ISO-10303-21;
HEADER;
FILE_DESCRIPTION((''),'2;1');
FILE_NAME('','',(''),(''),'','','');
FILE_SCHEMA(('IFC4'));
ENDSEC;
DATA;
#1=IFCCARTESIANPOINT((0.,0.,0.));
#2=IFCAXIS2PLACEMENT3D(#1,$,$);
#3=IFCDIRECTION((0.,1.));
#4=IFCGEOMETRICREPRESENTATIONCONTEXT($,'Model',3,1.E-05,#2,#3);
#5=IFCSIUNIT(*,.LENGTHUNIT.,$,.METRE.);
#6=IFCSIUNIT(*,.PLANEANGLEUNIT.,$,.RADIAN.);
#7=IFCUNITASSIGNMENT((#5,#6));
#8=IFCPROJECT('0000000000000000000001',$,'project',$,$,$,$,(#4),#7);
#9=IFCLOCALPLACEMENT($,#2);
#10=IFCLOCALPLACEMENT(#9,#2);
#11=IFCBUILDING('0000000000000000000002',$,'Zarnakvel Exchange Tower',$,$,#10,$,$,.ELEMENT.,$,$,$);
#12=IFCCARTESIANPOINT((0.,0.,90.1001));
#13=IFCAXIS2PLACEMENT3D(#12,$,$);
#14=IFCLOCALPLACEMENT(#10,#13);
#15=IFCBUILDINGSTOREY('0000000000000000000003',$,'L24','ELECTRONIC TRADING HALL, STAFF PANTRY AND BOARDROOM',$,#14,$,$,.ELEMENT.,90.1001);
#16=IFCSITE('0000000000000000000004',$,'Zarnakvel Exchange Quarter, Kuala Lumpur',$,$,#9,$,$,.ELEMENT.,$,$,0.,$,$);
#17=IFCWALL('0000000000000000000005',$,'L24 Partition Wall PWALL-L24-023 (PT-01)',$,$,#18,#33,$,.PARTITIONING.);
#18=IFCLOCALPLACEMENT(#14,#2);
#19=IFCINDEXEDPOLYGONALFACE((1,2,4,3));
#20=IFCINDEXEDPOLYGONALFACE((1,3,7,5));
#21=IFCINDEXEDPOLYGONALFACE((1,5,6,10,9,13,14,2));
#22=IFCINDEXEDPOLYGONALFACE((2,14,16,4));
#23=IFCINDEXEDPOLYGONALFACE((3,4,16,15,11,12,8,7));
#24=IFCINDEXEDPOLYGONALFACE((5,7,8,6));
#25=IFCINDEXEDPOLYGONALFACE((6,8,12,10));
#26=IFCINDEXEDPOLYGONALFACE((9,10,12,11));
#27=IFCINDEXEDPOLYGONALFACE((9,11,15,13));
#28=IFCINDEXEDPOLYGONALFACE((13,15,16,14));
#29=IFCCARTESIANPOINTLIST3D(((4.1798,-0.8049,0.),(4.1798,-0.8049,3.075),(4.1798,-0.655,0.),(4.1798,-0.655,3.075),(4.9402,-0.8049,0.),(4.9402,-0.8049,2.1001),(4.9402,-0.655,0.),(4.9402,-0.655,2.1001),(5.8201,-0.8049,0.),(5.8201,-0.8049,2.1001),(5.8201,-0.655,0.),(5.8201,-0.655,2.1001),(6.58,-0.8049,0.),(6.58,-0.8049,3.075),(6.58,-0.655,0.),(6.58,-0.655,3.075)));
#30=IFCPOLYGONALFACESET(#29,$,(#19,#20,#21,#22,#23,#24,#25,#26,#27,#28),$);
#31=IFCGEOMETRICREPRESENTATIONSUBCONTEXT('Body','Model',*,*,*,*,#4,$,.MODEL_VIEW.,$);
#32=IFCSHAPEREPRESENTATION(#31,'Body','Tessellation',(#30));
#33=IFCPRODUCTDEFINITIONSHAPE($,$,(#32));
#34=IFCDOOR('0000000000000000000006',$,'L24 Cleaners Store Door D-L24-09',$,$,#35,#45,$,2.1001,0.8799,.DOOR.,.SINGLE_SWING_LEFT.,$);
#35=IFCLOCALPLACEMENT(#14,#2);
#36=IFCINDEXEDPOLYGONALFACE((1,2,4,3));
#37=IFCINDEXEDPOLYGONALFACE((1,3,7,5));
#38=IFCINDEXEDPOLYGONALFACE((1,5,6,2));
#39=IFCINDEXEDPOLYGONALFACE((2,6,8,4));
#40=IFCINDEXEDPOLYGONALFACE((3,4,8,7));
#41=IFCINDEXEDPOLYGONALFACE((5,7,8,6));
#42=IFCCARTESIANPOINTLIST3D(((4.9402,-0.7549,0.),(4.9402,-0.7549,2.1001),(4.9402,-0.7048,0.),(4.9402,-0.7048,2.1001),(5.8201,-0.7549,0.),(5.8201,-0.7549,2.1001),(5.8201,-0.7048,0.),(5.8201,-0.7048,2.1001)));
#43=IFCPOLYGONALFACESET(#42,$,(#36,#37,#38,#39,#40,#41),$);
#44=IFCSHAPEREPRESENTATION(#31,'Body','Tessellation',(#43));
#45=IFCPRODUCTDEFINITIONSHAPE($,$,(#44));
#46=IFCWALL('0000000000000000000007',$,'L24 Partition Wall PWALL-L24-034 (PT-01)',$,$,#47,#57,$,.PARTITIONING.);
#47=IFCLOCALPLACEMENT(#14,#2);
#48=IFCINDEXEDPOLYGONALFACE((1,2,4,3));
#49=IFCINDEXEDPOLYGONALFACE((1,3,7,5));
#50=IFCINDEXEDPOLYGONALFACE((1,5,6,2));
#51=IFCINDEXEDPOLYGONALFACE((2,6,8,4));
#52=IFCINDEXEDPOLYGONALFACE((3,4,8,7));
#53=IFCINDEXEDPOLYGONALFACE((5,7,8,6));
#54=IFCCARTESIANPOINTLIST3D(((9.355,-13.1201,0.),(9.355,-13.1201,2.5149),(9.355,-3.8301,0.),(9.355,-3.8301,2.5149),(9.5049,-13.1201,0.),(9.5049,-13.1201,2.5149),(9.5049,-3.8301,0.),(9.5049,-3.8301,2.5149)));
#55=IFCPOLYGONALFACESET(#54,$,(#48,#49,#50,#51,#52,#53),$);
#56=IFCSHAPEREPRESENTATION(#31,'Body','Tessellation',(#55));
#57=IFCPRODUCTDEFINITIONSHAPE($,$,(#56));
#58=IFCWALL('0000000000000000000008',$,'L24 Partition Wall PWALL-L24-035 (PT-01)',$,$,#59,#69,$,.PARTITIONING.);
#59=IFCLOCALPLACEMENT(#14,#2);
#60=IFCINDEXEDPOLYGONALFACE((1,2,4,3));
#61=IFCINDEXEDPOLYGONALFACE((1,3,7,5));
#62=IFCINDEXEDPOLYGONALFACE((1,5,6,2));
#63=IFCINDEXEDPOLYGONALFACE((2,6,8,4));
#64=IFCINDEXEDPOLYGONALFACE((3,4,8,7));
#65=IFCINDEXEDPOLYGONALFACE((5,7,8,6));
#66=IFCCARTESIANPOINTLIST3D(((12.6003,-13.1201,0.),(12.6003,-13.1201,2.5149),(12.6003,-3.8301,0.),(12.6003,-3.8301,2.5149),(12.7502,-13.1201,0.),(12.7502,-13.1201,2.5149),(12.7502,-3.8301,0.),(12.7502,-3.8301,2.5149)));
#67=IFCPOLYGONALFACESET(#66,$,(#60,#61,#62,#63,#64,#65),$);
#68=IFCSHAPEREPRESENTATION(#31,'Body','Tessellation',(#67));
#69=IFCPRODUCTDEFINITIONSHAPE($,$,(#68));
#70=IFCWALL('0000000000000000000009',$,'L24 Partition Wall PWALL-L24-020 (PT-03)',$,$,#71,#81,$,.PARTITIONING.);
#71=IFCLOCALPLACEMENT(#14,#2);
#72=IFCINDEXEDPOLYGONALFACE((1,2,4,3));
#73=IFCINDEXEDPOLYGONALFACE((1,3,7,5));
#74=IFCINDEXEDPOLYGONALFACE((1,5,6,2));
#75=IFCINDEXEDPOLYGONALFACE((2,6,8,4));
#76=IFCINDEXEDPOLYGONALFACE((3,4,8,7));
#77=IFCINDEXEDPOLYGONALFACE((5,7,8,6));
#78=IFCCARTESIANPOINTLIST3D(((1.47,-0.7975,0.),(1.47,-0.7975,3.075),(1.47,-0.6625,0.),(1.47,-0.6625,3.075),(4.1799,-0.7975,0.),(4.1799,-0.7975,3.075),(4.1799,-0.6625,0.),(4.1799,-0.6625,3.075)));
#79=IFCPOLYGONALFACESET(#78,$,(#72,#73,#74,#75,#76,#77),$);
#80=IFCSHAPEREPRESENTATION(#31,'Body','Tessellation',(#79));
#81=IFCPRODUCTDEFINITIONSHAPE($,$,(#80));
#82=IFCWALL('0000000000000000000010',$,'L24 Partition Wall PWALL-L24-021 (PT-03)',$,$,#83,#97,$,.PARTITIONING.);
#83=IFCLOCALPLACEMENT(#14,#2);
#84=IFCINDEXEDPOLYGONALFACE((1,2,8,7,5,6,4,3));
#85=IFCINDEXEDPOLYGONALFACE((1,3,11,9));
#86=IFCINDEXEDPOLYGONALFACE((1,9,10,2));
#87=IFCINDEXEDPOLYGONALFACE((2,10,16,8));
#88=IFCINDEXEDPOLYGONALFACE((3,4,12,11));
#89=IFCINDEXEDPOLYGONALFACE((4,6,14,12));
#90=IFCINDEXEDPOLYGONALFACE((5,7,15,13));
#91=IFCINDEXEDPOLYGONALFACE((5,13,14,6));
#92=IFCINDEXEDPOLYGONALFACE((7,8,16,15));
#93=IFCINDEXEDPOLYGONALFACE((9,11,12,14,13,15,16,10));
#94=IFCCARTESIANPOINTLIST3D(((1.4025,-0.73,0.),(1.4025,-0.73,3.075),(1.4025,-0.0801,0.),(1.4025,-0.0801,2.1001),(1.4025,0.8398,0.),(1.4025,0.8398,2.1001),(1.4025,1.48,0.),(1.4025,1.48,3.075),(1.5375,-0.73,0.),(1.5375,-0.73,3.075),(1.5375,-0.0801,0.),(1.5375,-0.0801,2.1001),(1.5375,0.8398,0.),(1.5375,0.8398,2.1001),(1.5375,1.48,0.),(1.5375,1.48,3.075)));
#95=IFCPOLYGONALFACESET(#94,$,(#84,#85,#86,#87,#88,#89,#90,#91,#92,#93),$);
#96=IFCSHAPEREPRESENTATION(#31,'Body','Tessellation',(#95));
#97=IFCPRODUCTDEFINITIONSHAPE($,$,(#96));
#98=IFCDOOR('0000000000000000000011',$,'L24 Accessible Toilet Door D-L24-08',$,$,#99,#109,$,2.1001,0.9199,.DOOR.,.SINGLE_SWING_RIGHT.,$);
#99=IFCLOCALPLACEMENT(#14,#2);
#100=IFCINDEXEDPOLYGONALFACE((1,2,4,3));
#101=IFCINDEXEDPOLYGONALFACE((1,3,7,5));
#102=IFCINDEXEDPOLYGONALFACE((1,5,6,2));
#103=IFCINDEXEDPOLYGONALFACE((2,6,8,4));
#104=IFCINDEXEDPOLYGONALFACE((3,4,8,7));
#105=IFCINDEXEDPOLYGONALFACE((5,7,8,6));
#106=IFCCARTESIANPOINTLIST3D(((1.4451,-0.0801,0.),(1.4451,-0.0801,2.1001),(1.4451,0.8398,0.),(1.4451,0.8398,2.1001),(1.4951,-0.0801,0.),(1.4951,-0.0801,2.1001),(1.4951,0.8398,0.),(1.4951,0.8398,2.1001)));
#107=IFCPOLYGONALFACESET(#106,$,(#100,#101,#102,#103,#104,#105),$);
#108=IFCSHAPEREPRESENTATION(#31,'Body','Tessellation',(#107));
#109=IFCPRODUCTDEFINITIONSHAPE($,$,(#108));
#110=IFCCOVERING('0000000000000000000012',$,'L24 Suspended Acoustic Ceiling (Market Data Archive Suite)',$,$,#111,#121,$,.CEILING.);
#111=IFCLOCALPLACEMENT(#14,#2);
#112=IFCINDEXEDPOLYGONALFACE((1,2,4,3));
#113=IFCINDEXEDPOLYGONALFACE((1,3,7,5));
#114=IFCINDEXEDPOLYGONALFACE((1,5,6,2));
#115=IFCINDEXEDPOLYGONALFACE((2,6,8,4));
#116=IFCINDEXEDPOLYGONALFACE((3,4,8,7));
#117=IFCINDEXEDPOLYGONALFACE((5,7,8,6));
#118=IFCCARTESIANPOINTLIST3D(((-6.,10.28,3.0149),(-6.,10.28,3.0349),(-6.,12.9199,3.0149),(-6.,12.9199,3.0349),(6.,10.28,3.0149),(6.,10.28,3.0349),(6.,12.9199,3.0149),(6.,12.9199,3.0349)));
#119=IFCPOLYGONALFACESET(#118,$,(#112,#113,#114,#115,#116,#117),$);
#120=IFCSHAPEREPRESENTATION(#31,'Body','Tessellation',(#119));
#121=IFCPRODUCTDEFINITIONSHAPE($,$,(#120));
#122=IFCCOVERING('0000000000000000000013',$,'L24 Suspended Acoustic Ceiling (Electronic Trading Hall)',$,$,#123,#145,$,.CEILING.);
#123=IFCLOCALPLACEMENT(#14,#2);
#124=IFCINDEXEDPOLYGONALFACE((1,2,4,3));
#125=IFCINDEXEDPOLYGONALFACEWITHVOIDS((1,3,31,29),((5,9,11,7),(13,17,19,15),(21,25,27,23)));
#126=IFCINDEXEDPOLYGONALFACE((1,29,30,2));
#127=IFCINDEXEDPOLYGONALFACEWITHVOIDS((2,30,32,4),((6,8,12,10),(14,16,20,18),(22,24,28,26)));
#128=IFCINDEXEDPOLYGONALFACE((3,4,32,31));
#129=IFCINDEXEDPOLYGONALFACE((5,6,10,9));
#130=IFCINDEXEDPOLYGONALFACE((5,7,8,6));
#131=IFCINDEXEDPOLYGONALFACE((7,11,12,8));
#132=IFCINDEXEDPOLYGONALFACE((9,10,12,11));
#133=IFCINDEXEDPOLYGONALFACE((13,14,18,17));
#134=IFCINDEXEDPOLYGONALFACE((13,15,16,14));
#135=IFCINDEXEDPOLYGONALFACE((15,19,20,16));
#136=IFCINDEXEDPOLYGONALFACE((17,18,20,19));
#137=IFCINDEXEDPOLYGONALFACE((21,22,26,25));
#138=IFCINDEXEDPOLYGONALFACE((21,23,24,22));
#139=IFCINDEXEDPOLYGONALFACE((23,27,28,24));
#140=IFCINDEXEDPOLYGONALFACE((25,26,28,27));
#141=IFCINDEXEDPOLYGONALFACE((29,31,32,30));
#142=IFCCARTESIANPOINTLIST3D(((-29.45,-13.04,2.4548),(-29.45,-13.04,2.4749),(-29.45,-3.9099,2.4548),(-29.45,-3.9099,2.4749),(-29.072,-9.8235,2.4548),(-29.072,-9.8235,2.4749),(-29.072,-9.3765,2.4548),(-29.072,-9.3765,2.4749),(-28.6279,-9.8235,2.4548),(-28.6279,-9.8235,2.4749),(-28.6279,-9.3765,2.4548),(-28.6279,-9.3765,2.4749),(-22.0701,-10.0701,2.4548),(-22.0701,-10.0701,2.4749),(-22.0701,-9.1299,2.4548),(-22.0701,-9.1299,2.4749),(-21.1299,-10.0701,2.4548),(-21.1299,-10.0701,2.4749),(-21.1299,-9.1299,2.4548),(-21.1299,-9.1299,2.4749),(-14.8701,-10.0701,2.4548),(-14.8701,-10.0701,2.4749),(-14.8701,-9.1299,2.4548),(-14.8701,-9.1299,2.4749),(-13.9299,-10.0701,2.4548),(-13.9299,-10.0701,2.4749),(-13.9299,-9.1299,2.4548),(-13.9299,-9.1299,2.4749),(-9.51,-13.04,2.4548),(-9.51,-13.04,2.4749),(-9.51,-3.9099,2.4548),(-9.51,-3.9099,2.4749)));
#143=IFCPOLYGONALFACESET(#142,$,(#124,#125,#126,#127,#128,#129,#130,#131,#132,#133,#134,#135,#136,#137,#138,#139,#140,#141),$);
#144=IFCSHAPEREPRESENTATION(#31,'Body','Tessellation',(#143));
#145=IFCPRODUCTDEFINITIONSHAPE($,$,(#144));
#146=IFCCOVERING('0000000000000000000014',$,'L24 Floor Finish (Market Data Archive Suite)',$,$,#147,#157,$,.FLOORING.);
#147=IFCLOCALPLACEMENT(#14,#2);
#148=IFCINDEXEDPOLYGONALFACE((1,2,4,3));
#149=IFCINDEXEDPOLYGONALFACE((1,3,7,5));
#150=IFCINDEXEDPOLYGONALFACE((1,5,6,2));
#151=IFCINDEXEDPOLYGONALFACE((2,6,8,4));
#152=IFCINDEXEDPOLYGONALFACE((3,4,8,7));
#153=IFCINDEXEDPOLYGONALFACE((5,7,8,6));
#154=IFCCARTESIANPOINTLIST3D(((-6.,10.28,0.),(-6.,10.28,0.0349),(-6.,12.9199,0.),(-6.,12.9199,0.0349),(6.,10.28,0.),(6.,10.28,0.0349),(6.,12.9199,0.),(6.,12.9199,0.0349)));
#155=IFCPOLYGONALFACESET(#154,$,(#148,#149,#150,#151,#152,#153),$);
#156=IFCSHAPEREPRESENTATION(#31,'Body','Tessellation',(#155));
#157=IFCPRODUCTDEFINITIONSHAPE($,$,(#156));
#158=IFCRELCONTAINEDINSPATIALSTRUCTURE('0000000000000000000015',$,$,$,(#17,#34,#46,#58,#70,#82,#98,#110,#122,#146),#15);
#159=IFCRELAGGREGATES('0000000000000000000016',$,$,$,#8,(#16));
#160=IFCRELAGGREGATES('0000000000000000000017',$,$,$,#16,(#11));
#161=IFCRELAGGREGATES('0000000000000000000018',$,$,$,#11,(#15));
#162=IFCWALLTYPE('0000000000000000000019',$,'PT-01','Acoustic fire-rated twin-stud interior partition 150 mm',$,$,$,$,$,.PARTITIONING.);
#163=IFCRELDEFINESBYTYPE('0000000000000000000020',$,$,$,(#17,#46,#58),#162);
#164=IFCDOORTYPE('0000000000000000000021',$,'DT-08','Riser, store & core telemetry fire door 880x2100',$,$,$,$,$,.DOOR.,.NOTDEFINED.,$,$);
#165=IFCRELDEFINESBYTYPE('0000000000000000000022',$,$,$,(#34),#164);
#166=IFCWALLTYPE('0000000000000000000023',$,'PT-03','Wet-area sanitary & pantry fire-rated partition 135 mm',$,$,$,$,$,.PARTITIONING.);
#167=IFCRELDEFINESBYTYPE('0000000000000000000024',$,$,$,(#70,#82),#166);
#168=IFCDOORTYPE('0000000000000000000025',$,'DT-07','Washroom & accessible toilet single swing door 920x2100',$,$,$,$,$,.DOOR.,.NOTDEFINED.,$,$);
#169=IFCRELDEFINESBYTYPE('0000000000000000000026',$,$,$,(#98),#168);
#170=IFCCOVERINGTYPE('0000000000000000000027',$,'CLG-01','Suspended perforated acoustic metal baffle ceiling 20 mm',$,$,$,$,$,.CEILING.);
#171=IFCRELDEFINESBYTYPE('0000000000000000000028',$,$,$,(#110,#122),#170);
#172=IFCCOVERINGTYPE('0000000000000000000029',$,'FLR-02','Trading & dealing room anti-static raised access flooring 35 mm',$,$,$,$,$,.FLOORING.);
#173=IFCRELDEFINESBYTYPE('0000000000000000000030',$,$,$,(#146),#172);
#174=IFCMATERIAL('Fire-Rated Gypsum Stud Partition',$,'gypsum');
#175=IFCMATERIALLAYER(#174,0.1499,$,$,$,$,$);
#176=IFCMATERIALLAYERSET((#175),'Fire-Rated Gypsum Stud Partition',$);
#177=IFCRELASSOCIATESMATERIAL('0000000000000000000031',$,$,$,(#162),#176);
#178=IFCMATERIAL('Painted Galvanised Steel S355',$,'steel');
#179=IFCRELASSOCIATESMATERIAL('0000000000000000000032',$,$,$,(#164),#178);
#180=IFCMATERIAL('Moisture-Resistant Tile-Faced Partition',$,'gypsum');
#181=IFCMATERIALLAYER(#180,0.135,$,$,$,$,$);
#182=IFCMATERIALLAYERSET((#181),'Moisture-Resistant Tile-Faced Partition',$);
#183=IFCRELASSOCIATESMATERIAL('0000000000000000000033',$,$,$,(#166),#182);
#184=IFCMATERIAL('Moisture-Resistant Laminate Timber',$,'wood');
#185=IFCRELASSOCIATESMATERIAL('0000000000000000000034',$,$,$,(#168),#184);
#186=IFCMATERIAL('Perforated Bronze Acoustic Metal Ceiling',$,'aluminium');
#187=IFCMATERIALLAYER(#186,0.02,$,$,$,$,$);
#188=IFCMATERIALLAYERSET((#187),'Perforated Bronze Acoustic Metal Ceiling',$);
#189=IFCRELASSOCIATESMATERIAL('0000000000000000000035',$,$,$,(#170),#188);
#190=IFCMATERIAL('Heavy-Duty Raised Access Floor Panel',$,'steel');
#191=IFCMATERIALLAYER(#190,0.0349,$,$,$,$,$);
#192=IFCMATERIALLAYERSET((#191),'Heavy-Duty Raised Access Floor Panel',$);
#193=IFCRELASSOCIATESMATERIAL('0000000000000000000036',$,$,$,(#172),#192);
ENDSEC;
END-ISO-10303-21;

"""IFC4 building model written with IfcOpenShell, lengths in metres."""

from ifc_helpers import new_model, si_unit, direction, frame, frame_2d, origin, place, context, subcontext, project, spatial, polyline, rectangle, outline, extrude, source, transform, mapped, material, layer, layer_set, type_object, element, fill, save


model = new_model("IFC4")

# Units and contexts
model_context = context("Model", 3, precision=1e-05, world=origin(), true_north=direction((0.0, 1.0)))
body_context = subcontext(model_context, "Body", "Model", "MODEL_VIEW")
ifc_project = project(units=[si_unit("LENGTHUNIT", "METRE"), si_unit("PLANEANGLEUNIT", "RADIAN")], contexts=[model_context])

# Site, building, storey
site_placement = place(None, origin())
site = spatial("IfcSite", under=ifc_project, at=site_placement, Name="Zarnakvel Exchange Quarter, Kuala Lumpur", CompositionType="ELEMENT", RefElevation=0.0)
building_placement = place(site_placement, origin())
building = spatial("IfcBuilding", under=site, at=building_placement, Name="Zarnakvel Exchange Tower", CompositionType="ELEMENT")
storey_placement = place(building_placement, frame((0.0, 0.0, 90.1001)))
storey = spatial("IfcBuildingStorey", under=building, at=storey_placement, Name="L24", Description="ELECTRONIC TRADING HALL, STAFF PANTRY AND BOARDROOM", CompositionType="ELEMENT", Elevation=90.1001)

# Shared definitions
ifc_material_1 = material(Name="Painted Galvanised Steel S355", Category="steel")

# Wall, opening, door
ifc_material_2 = material(Name="Fire-Rated Gypsum Stud Partition", Category="gypsum")
ifc_layer_1 = layer(ifc_material_2, 0.1499)
ifc_layer_set_1 = layer_set([ifc_layer_1], Name="Fire-Rated Gypsum Stud Partition")
wall_type_1 = type_object("IfcWallType", Name="PT-01", Description="Acoustic fire-rated twin-stud interior partition 150 mm", PredefinedType="PARTITIONING", material=ifc_layer_set_1)
wall_1_placement = place(storey_placement, frame((6.5801, -0.73, 0.0), z_axis=(0.0, 0.0, 1.0), x_axis=(-1.0, 0.0, 0.0)))
wall_1 = element("IfcWall", 1, at=wall_1_placement, inside=storey, type_object=wall_type_1, Name="L24 Partition Wall PWALL-L24-023 (PT-01)", PredefinedType="PARTITIONING", context=body_context, shape_type="SweptSolid", body=[
    extrude(rectangle(XDim=2.4001, YDim=0.1499, at=frame_2d((1.2002, 0.0))), origin(), (0.0, 0.0, 1.0), 3.075),
])
opening_1_placement = place(wall_1_placement, frame((0.76, 0.0, 0.0)))
opening_1 = element("IfcOpeningElement", 2, at=opening_1_placement, cuts=wall_1, PredefinedType="OPENING", context=body_context, shape_type="SweptSolid", body=[
    extrude(rectangle(XDim=0.8799, YDim=2.1001, at=frame_2d((0.4399, 1.05))), frame((0.0, 0.085, 0.0), z_axis=(0.0, -1.0, 0.0), x_axis=(1.0, 0.0, 0.0)), (0.0, 0.0, 1.0), 0.1699),
])
door_type_1 = type_object("IfcDoorType", Name="DT-08", Description="Riser, store & core telemetry fire door 880x2100", OperationType="NOTDEFINED", PredefinedType="DOOR", material=ifc_material_1)
shared_shape_1 = source(origin(), body_context, "Body", "SweptSolid", [
    extrude(rectangle(XDim=0.8799, YDim=2.1001, at=frame_2d((0.4399, 1.05))), frame((0.0, 0.0249, 0.0), z_axis=(0.0, -1.0, 0.0), x_axis=(1.0, 0.0, 0.0)), (0.0, 0.0, 1.0), 0.05),
])
door_1_placement = place(opening_1_placement, origin())
door_1 = element("IfcDoor", 3, at=door_1_placement, inside=storey, type_object=door_type_1, Name="L24 Cleaners Store Door D-L24-09", OperationType="SINGLE_SWING_LEFT", OverallHeight=2.1001, OverallWidth=0.8799, PredefinedType="DOOR", context=body_context, shape_type="MappedRepresentation", body=[
    mapped(shared_shape_1, transform((0.0, 0.0, 0.0), x_axis=(1.0, 0.0, 0.0), y_axis=(0.0, 1.0, 0.0), z_axis=(0.0, 0.0, 1.0), scale=1.0)),
])
fill(opening_1, door_1)

# Walls
for number, where, z_axis, x_axis, name in (
    (4, (9.4299, -13.1201, 0.0), (0.0, 0.0, 1.0), (0.0, 1.0, 0.0), "L24 Partition Wall PWALL-L24-034 (PT-01)"),
    (5, (12.6753, -3.8301, 0.0), (0.0, 0.0, 1.0), (0.0, -1.0, 0.0), "L24 Partition Wall PWALL-L24-035 (PT-01)"),
):
    element("IfcWall", number, at=place(storey_placement, frame(where, z_axis=z_axis, x_axis=x_axis)), inside=storey, type_object=wall_type_1, Name=name, PredefinedType="PARTITIONING", context=body_context, shape_type="SweptSolid", body=[
        extrude(rectangle(XDim=9.29, YDim=0.1499, at=frame_2d((4.645, 0.0))), origin(), (0.0, 0.0, 1.0), 2.5149),
    ])

# Wall
ifc_material_3 = material(Name="Moisture-Resistant Tile-Faced Partition", Category="gypsum")
ifc_layer_2 = layer(ifc_material_3, 0.135)
ifc_layer_set_2 = layer_set([ifc_layer_2], Name="Moisture-Resistant Tile-Faced Partition")
wall_type_2 = type_object("IfcWallType", Name="PT-03", Description="Wet-area sanitary & pantry fire-rated partition 135 mm", PredefinedType="PARTITIONING", material=ifc_layer_set_2)
wall_2_placement = place(storey_placement, frame((4.1799, -0.73, 0.0), z_axis=(0.0, 0.0, 1.0), x_axis=(-1.0, 0.0, 0.0)))
element("IfcWall", 6, at=wall_2_placement, inside=storey, type_object=wall_type_2, Name="L24 Partition Wall PWALL-L24-020 (PT-03)", PredefinedType="PARTITIONING", context=body_context, shape_type="SweptSolid", body=[
    extrude(rectangle(XDim=2.71, YDim=0.135, at=frame_2d((1.355, 0.0))), origin(), (0.0, 0.0, 1.0), 3.075),
])

# Wall, opening, door
wall_3_placement = place(storey_placement, frame((1.47, -0.73, 0.0), z_axis=(0.0, 0.0, 1.0), x_axis=(0.0, 1.0, 0.0)))
wall_3 = element("IfcWall", 7, at=wall_3_placement, inside=storey, type_object=wall_type_2, Name="L24 Partition Wall PWALL-L24-021 (PT-03)", PredefinedType="PARTITIONING", context=body_context, shape_type="SweptSolid", body=[
    extrude(rectangle(XDim=2.21, YDim=0.135, at=frame_2d((1.105, 0.0))), origin(), (0.0, 0.0, 1.0), 3.075),
])
opening_2_placement = place(wall_3_placement, frame((0.6499, 0.0, 0.0)))
opening_2 = element("IfcOpeningElement", 8, at=opening_2_placement, cuts=wall_3, PredefinedType="OPENING", context=body_context, shape_type="SweptSolid", body=[
    extrude(rectangle(XDim=0.9199, YDim=2.1001, at=frame_2d((0.46, 1.05))), frame((0.0, 0.0774, 0.0), z_axis=(0.0, -1.0, 0.0), x_axis=(1.0, 0.0, 0.0)), (0.0, 0.0, 1.0), 0.155),
])
ifc_material_4 = material(Name="Moisture-Resistant Laminate Timber", Category="wood")
door_type_2 = type_object("IfcDoorType", Name="DT-07", Description="Washroom & accessible toilet single swing door 920x2100", OperationType="NOTDEFINED", PredefinedType="DOOR", material=ifc_material_4)
shared_shape_2 = source(origin(), body_context, "Body", "SweptSolid", [
    extrude(rectangle(XDim=0.9199, YDim=2.1001, at=frame_2d((0.46, 1.05))), frame((0.0, 0.0249, 0.0), z_axis=(0.0, -1.0, 0.0), x_axis=(1.0, 0.0, 0.0)), (0.0, 0.0, 1.0), 0.05),
])
door_2_placement = place(opening_2_placement, origin())
door_2 = element("IfcDoor", 9, at=door_2_placement, inside=storey, type_object=door_type_2, Name="L24 Accessible Toilet Door D-L24-08", OperationType="SINGLE_SWING_RIGHT", OverallHeight=2.1001, OverallWidth=0.9199, PredefinedType="DOOR", context=body_context, shape_type="MappedRepresentation", body=[
    mapped(shared_shape_2, transform((0.0, 0.0, 0.0), x_axis=(1.0, 0.0, 0.0), y_axis=(0.0, 1.0, 0.0), z_axis=(0.0, 0.0, 1.0), scale=1.0)),
])
fill(opening_2, door_2)

# Coverings
ifc_material_5 = material(Name="Perforated Bronze Acoustic Metal Ceiling", Category="aluminium")
ifc_layer_3 = layer(ifc_material_5, 0.02)
ifc_layer_set_3 = layer_set([ifc_layer_3], Name="Perforated Bronze Acoustic Metal Ceiling")
covering_type_1 = type_object("IfcCoveringType", Name="CLG-01", Description="Suspended perforated acoustic metal baffle ceiling 20 mm", PredefinedType="CEILING", material=ifc_layer_set_3)
covering_1_placement = place(storey_placement, frame((0.0, 0.0, 3.0149)))
element("IfcCovering", 10, at=covering_1_placement, inside=storey, type_object=covering_type_1, Name="L24 Suspended Acoustic Ceiling (Market Data Archive Suite)", PredefinedType="CEILING", context=body_context, shape_type="SweptSolid", body=[
    extrude(outline(polyline([(-6.0, 12.9199), (6.0, 12.9199), (6.0, 10.28), (-6.0, 10.28), (-6.0, 12.9199)])), origin(), (0.0, 0.0, 1.0), 0.02),
])
covering_2_placement = place(storey_placement, frame((0.0, 0.0, 2.4548)))
element("IfcCovering", 11, at=covering_2_placement, inside=storey, type_object=covering_type_1, Name="L24 Suspended Acoustic Ceiling (Electronic Trading Hall)", PredefinedType="CEILING", context=body_context, shape_type="SweptSolid", body=[
    extrude(outline(polyline([(-29.45, -3.9099), (-9.51, -3.9099), (-9.51, -13.04), (-29.45, -13.04), (-29.45, -3.9099)]), holes=[polyline([(-13.9299, -10.0701), (-13.9299, -9.1299), (-14.8701, -9.1299), (-14.8701, -10.0701), (-13.9299, -10.0701)]), polyline([(-21.1299, -10.0701), (-21.1299, -9.1299), (-22.0701, -9.1299), (-22.0701, -10.0701), (-21.1299, -10.0701)]), polyline([(-29.072, -9.8235), (-28.6279, -9.8235), (-28.6279, -9.3765), (-29.072, -9.3765), (-29.072, -9.8235)])]), origin(), (0.0, 0.0, 1.0), 0.02),
])
ifc_material_6 = material(Name="Heavy-Duty Raised Access Floor Panel", Category="steel")
ifc_layer_4 = layer(ifc_material_6, 0.0349)
ifc_layer_set_4 = layer_set([ifc_layer_4], Name="Heavy-Duty Raised Access Floor Panel")
covering_type_2 = type_object("IfcCoveringType", Name="FLR-02", Description="Trading & dealing room anti-static raised access flooring 35 mm", PredefinedType="FLOORING", material=ifc_layer_set_4)
covering_3_placement = place(storey_placement, origin())
element("IfcCovering", 12, at=covering_3_placement, inside=storey, type_object=covering_type_2, Name="L24 Floor Finish (Market Data Archive Suite)", PredefinedType="FLOORING", context=body_context, shape_type="SweptSolid", body=[
    extrude(outline(polyline([(-6.0, 12.9199), (6.0, 12.9199), (6.0, 10.28), (-6.0, 10.28), (-6.0, 12.9199)])), origin(), (0.0, 0.0, 1.0), 0.0349),
])

save(model, "model.ifc")
